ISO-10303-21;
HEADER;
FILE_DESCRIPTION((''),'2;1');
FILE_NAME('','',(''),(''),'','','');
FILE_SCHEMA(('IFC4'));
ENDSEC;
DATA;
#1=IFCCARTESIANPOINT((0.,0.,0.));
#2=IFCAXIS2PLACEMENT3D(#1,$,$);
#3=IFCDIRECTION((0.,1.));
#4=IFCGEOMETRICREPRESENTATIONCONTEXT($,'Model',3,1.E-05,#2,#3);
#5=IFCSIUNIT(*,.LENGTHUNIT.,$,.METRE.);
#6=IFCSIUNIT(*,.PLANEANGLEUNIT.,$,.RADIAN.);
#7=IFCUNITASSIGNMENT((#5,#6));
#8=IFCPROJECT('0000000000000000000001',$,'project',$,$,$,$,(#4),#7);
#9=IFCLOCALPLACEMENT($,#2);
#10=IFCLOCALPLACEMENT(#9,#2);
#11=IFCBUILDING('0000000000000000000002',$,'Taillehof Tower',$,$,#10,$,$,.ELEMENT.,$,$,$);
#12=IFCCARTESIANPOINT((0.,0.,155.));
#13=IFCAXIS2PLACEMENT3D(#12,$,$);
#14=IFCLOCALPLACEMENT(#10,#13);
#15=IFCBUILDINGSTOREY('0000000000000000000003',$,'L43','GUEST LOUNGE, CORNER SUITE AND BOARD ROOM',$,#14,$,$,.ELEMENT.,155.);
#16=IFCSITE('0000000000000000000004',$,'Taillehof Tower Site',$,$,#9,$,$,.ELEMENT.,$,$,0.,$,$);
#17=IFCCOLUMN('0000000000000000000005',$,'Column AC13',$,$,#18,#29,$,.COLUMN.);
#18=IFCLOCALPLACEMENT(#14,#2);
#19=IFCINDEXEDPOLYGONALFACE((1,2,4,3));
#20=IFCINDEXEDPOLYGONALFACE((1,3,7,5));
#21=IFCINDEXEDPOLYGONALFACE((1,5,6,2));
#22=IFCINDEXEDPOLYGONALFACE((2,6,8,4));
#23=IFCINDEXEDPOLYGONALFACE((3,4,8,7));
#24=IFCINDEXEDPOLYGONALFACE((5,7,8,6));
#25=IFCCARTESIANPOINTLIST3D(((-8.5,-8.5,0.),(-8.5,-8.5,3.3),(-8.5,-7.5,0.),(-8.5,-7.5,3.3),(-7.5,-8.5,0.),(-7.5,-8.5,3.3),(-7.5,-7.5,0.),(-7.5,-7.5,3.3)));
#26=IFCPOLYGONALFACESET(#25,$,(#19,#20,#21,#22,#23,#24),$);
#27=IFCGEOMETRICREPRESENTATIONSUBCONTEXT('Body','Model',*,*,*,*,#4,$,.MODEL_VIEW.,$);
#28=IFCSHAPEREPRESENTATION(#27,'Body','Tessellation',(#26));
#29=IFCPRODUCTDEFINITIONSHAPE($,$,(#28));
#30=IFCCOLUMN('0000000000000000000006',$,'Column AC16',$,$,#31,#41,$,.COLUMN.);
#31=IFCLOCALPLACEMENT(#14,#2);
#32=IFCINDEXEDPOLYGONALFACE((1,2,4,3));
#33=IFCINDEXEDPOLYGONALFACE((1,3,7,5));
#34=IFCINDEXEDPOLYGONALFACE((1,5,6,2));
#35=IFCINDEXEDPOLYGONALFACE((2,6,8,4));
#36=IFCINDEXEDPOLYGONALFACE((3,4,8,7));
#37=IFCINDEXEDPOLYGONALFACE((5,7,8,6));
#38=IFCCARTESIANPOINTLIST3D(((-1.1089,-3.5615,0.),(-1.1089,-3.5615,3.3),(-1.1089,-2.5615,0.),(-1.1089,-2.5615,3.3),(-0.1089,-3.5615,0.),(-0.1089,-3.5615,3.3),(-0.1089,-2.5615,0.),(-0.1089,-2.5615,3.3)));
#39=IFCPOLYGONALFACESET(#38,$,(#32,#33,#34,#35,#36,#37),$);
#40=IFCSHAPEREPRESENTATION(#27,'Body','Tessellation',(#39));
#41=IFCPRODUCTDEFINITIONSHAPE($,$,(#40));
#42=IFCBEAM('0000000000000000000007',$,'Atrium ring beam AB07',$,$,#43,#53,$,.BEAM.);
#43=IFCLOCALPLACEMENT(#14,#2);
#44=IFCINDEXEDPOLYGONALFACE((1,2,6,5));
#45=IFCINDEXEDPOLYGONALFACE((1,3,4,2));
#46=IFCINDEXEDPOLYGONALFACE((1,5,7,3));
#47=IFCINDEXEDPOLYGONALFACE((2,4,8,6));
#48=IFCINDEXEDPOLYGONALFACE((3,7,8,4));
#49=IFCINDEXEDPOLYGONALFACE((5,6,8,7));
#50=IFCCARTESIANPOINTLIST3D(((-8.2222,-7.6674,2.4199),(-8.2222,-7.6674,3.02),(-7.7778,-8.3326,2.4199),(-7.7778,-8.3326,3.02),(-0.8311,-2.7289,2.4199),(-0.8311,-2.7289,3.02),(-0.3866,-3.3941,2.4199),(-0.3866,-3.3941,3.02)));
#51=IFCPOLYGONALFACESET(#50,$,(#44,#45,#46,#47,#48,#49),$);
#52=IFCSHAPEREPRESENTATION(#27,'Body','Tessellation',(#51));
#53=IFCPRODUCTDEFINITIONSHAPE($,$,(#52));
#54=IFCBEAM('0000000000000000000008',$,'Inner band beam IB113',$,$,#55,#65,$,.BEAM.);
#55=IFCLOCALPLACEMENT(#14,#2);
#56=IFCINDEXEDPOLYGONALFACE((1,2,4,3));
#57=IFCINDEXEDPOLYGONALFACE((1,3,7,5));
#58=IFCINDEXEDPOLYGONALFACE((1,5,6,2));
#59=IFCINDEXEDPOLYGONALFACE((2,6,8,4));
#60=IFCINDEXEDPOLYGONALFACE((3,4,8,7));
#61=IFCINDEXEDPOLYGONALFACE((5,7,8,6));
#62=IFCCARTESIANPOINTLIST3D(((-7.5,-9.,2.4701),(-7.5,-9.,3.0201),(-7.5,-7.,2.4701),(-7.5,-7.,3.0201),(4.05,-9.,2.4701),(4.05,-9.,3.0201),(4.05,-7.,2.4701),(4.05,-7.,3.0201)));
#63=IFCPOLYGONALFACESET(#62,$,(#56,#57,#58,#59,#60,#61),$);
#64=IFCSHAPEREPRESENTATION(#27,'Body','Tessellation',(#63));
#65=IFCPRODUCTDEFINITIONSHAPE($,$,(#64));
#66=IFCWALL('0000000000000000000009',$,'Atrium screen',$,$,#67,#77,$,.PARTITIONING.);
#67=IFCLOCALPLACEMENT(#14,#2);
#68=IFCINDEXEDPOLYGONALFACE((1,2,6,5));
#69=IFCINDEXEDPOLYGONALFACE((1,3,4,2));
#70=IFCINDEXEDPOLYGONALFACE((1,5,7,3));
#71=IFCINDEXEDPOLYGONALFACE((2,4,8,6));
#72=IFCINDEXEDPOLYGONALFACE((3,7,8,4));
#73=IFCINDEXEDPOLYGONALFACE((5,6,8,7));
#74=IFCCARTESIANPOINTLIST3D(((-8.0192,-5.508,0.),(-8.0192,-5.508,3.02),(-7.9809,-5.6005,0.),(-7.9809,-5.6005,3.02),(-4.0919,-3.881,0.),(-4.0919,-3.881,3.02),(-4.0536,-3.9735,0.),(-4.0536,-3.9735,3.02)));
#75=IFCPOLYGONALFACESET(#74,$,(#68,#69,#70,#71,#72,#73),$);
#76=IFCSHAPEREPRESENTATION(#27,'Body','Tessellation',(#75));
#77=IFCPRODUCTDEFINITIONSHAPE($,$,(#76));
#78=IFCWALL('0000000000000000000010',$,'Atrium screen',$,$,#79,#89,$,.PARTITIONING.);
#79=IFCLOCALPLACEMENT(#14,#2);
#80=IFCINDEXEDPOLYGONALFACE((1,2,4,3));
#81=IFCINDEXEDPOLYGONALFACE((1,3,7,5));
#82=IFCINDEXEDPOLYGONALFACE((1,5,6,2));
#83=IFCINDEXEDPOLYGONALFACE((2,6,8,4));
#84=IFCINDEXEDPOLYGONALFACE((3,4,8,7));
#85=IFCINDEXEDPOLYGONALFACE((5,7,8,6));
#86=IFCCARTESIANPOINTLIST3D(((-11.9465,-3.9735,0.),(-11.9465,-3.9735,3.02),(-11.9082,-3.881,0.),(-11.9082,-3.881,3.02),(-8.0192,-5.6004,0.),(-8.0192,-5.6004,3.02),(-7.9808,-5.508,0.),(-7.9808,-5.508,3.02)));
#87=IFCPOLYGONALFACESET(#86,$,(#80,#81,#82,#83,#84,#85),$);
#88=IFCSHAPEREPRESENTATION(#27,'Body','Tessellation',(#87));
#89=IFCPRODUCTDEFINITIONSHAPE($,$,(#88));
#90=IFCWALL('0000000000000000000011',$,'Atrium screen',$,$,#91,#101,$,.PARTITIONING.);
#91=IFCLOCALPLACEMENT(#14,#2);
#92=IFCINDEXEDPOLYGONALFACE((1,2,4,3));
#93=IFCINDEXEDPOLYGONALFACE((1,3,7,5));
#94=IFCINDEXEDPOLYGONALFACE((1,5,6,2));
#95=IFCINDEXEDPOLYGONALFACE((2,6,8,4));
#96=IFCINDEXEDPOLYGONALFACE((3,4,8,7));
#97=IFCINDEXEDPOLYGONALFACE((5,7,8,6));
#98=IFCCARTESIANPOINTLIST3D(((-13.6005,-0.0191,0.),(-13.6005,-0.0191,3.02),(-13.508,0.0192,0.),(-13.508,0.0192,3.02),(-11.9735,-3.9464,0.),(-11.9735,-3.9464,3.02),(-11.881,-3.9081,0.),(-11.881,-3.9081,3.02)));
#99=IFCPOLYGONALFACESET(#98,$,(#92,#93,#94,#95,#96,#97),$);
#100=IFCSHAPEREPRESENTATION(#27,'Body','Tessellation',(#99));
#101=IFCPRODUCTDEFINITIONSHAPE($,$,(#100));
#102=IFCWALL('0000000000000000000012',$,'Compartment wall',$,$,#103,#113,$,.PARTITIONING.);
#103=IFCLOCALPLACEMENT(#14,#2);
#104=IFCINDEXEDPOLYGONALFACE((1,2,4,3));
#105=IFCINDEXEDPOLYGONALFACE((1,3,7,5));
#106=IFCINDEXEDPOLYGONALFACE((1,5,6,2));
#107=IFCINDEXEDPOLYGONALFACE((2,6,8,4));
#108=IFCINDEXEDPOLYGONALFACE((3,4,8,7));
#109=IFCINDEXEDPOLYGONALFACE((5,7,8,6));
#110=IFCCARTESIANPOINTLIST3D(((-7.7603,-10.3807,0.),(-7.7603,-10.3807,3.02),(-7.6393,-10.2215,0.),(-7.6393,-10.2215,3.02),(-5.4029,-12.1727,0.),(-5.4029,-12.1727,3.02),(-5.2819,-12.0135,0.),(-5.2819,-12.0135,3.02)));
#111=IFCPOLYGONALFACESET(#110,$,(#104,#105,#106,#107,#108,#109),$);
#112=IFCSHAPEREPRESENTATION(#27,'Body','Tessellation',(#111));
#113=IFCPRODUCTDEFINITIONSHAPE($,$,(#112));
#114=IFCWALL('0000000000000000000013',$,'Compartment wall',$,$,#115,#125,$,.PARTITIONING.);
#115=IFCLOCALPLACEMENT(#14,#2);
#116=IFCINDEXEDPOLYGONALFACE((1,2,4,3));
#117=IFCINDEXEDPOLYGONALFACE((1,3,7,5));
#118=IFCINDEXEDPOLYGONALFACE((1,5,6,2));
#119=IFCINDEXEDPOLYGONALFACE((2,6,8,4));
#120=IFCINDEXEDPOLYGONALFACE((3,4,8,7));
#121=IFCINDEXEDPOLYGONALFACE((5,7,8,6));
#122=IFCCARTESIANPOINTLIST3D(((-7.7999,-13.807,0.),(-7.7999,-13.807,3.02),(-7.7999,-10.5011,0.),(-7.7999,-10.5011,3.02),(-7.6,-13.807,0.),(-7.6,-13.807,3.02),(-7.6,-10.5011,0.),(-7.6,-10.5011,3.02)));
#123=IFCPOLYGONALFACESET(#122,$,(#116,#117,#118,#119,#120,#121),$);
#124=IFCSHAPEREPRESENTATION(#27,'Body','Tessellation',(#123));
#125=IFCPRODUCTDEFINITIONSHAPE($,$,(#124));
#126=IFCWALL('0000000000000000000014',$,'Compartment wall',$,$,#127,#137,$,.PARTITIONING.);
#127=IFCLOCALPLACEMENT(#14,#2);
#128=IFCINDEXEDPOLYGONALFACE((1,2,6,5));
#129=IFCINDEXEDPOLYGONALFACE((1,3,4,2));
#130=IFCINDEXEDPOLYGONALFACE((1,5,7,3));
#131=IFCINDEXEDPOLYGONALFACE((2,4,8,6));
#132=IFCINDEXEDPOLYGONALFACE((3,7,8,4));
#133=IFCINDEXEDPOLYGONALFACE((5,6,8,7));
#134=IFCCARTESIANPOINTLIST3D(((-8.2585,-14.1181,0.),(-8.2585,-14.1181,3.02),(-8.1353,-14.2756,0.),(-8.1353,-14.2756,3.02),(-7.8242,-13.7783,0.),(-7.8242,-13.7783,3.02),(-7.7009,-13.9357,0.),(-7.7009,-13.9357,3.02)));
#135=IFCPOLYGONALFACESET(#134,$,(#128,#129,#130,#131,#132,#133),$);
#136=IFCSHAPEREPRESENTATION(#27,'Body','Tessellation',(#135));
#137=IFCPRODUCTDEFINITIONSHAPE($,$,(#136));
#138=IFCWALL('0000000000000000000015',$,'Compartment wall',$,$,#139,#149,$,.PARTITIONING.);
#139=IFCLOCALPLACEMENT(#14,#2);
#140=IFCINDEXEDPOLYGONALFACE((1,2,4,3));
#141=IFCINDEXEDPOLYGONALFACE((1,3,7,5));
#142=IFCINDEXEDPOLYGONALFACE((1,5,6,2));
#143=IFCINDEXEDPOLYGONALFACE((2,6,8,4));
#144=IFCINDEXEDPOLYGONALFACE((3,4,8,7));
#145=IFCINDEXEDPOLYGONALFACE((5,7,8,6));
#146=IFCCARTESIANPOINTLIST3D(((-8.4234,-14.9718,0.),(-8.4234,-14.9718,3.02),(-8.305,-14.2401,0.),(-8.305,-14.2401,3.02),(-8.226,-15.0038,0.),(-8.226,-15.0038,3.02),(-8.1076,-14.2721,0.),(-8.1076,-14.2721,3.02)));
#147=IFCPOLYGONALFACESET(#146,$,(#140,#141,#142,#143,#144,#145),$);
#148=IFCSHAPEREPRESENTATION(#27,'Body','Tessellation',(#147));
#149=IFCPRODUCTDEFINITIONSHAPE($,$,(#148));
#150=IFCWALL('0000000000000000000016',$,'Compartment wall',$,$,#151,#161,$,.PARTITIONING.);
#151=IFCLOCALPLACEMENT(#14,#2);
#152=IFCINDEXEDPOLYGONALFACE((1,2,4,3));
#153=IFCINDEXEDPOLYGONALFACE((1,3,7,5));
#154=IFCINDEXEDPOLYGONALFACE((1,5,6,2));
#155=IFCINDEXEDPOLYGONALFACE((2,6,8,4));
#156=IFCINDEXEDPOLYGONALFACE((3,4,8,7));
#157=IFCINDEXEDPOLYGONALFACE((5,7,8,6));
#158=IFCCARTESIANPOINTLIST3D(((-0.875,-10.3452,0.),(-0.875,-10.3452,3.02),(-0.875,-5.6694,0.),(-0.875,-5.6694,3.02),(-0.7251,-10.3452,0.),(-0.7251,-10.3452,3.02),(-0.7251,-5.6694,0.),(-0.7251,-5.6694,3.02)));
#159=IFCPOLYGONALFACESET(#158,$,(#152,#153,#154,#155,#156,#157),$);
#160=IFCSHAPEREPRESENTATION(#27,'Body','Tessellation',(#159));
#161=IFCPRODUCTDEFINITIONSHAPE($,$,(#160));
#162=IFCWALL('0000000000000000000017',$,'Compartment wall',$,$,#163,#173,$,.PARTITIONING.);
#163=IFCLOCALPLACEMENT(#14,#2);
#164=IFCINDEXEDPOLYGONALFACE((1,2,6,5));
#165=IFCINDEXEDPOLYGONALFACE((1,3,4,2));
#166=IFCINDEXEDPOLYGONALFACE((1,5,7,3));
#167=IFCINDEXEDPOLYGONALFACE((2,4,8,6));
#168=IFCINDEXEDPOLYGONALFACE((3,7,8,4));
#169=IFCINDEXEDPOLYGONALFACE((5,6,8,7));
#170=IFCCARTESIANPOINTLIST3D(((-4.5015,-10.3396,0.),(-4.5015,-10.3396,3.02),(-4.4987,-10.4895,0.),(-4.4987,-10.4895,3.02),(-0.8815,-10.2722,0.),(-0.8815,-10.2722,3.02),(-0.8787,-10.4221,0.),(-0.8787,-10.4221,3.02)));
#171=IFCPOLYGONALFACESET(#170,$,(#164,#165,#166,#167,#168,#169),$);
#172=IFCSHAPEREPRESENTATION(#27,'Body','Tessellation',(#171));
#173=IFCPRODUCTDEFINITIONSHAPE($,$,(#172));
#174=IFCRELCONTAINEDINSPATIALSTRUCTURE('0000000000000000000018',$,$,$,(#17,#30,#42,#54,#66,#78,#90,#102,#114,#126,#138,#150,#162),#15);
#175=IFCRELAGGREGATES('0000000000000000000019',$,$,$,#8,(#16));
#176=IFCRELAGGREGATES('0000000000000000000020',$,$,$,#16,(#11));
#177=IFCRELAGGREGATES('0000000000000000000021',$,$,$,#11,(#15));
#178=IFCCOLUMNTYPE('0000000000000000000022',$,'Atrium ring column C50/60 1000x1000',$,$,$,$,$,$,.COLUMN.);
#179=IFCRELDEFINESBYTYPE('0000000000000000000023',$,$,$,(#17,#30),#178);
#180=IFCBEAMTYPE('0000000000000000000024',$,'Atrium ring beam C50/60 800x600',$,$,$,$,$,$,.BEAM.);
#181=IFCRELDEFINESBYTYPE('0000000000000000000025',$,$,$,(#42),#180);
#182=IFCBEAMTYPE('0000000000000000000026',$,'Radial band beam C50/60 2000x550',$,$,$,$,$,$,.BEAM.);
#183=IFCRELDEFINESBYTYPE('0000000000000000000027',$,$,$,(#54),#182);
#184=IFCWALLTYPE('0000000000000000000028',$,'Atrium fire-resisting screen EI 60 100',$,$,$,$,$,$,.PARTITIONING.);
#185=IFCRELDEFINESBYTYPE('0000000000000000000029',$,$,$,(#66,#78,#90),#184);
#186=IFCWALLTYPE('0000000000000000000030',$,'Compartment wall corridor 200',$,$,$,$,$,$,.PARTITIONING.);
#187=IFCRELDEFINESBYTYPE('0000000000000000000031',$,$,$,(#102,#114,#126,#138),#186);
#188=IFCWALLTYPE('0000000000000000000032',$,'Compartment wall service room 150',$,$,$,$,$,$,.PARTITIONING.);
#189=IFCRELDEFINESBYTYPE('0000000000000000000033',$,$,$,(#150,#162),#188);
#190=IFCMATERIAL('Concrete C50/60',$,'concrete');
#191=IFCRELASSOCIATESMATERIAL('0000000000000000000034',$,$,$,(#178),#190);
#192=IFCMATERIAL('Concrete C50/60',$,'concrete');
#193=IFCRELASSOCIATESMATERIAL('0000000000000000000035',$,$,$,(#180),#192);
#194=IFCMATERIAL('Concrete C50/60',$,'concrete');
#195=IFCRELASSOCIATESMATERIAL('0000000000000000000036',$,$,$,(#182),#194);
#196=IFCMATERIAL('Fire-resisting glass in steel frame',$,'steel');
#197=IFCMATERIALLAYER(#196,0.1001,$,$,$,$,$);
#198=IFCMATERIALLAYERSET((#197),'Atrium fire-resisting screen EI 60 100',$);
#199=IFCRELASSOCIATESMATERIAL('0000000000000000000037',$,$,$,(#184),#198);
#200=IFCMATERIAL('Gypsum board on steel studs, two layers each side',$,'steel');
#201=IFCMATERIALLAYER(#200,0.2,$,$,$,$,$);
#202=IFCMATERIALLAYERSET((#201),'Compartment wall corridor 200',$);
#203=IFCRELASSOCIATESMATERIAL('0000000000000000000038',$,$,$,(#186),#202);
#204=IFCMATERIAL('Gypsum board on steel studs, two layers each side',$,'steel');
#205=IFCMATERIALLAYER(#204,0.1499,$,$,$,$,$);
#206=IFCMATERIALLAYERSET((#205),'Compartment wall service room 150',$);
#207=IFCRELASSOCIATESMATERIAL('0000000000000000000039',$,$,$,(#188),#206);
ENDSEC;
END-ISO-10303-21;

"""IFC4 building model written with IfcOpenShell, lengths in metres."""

from ifc_helpers import new_model, si_unit, direction, frame, frame_2d, origin, origin_2d, place, context, subcontext, project, spatial, rectangle, extrude, material, layer, layer_set, material_profile, profile_set, type_object, element, save


model = new_model("IFC4")

# Units and contexts
model_context = context("Model", 3, precision=1e-05, world=origin(), true_north=direction((0.0, 1.0)))
body_context = subcontext(model_context, "Body", "Model", "MODEL_VIEW")
ifc_project = project(units=[si_unit("LENGTHUNIT", "METRE"), si_unit("PLANEANGLEUNIT", "RADIAN")], contexts=[model_context])

# Site, building, storey
site_placement = place(None, origin())
site = spatial("IfcSite", under=ifc_project, at=site_placement, Name="Taillehof Tower Site", CompositionType="ELEMENT", RefElevation=0.0)
building_placement = place(site_placement, origin())
building = spatial("IfcBuilding", under=site, at=building_placement, Name="Taillehof Tower", CompositionType="ELEMENT")
storey_placement = place(building_placement, frame((0.0, 0.0, 155.0)))
storey = spatial("IfcBuildingStorey", under=building, at=storey_placement, Name="L43", Description="GUEST LOUNGE, CORNER SUITE AND BOARD ROOM", CompositionType="ELEMENT", Elevation=155.0)

# Columns
ifc_material_1 = material(Name="Concrete C50/60", Category="concrete")
ifc_material_profile_1 = material_profile(ifc_material_1, rectangle(XDim=1.0, YDim=1.0, at=origin_2d()), Name="RC 1000x1000")
ifc_profile_set_1 = profile_set([ifc_material_profile_1], Name="Concrete C50/60")
column_type = type_object("IfcColumnType", Name="Atrium ring column C50/60 1000x1000", PredefinedType="COLUMN", material=ifc_profile_set_1)
for number, where, z_axis, x_axis, name in (
    (1, (-8.0, -8.0, 0.0), (0.0, 0.0, 1.0), (1.0, 0.0, 0.0), "Column AC13"),
    (2, (-0.6089, -3.0615, 0.0), (0.0, 0.0, 1.0), (1.0, 0.0, 0.0), "Column AC16"),
):
    element("IfcColumn", number, at=place(storey_placement, frame(where, z_axis=z_axis, x_axis=x_axis)), inside=storey, type_object=column_type, Name=name, PredefinedType="COLUMN", context=body_context, shape_type="SweptSolid", body=[
        extrude(rectangle(XDim=1.0, YDim=1.0, at=origin_2d()), origin(), (0.0, 0.0, 1.0), 3.3),
    ])

# Beams
ifc_material_2 = material(Name="Concrete C50/60", Category="concrete")
ifc_material_profile_2 = material_profile(ifc_material_2, rectangle(XDim=0.8, YDim=0.6001, at=origin_2d()), Name="RC 800x600")
ifc_profile_set_2 = profile_set([ifc_material_profile_2], Name="Concrete C50/60")
beam_type_1 = type_object("IfcBeamType", Name="Atrium ring beam C50/60 800x600", PredefinedType="BEAM", material=ifc_profile_set_2)
beam_1_placement = place(storey_placement, frame((-8.0, -8.0, 2.72), z_axis=(0.831475, 0.555562, 0.0), x_axis=(-0.555562, 0.831475, 0.0)))
element("IfcBeam", 3, at=beam_1_placement, inside=storey, type_object=beam_type_1, Name="Atrium ring beam AB07", PredefinedType="BEAM", context=body_context, shape_type="SweptSolid", body=[
    extrude(rectangle(XDim=0.8, YDim=0.6001, at=origin_2d()), origin(), (0.0, 0.0, 1.0), 8.8892),
])
ifc_material_3 = material(Name="Concrete C50/60", Category="concrete")
ifc_material_profile_3 = material_profile(ifc_material_3, rectangle(XDim=2.0, YDim=0.55, at=origin_2d()), Name="RC 2000x550")
ifc_profile_set_3 = profile_set([ifc_material_profile_3], Name="Concrete C50/60")
beam_type_2 = type_object("IfcBeamType", Name="Radial band beam C50/60 2000x550", PredefinedType="BEAM", material=ifc_profile_set_3)
beam_2_placement = place(storey_placement, frame((-7.5, -8.0, 2.7451), z_axis=(1.0, 0.0, 0.0), x_axis=(0.0, 1.0, 0.0)))
element("IfcBeam", 4, at=beam_2_placement, inside=storey, type_object=beam_type_2, Name="Inner band beam IB113", PredefinedType="BEAM", context=body_context, shape_type="SweptSolid", body=[
    extrude(rectangle(XDim=2.0, YDim=0.55, at=origin_2d()), origin(), (0.0, 0.0, 1.0), 11.55),
])

# Walls
ifc_material_4 = material(Name="Fire-resisting glass in steel frame", Category="steel")
ifc_layer_1 = layer(ifc_material_4, 0.1001)
ifc_layer_set_1 = layer_set([ifc_layer_1], Name="Atrium fire-resisting screen EI 60 100")
wall_type_1 = type_object("IfcWallType", Name="Atrium fire-resisting screen EI 60 100", PredefinedType="PARTITIONING", material=ifc_layer_set_1)
for number, where, z_axis, x_axis, name in (
    (5, (-4.0728, -3.9272, 0.0), (0.0, 0.0, 1.0), (-0.92386, -0.382731, 0.0), "Atrium screen"),
    (6, (-8.0, -5.5542, 0.0), (0.0, 0.0, 1.0), (-0.92386, 0.382731, 0.0), "Atrium screen"),
    (7, (-11.9272, -3.9272, 0.0), (0.0, 0.0, 1.0), (-0.382731, 0.92386, 0.0), "Atrium screen"),
):
    element("IfcWall", number, at=place(storey_placement, frame(where, z_axis=z_axis, x_axis=x_axis)), inside=storey, type_object=wall_type_1, Name=name, PredefinedType="PARTITIONING", context=body_context, shape_type="SweptSolid", body=[
        extrude(rectangle(XDim=4.251, YDim=0.1001, at=frame_2d((2.1255, 0.0))), origin(), (0.0, 0.0, 1.0), 3.02),
    ])
ifc_material_5 = material(Name="Gypsum board on steel studs, two layers each side", Category="steel")
ifc_layer_2 = layer(ifc_material_5, 0.2)
ifc_layer_set_2 = layer_set([ifc_layer_2], Name="Compartment wall corridor 200")
wall_type_2 = type_object("IfcWallType", Name="Compartment wall corridor 200", PredefinedType="PARTITIONING", material=ifc_layer_set_2)
wall_1_placement = place(storey_placement, frame((-5.3425, -12.093, 0.0), z_axis=(0.0, 0.0, 1.0), x_axis=(-0.796105, 0.605159, 0.0)))
element("IfcWall", 8, at=wall_1_placement, inside=storey, type_object=wall_type_2, Name="Compartment wall", PredefinedType="PARTITIONING", context=body_context, shape_type="SweptSolid", body=[
    extrude(rectangle(XDim=2.9612, YDim=0.2, at=frame_2d((1.4805, 0.0))), origin(), (0.0, 0.0, 1.0), 3.02),
])
wall_2_placement = place(storey_placement, frame((-7.7, -10.5012, 0.0), z_axis=(0.0, 0.0, 1.0), x_axis=(0.0, -1.0, 0.0)))
element("IfcWall", 9, at=wall_2_placement, inside=storey, type_object=wall_type_2, Name="Compartment wall", PredefinedType="PARTITIONING", context=body_context, shape_type="SweptSolid", body=[
    extrude(rectangle(XDim=3.3059, YDim=0.2, at=frame_2d((1.6528, 0.0))), origin(), (0.0, 0.0, 1.0), 3.02),
])
wall_3_placement = place(storey_placement, frame((-7.7625, -13.8569, 0.0), z_axis=(0.0, 0.0, 1.0), x_axis=(-0.787561, -0.616237, 0.0)))
element("IfcWall", 10, at=wall_3_placement, inside=storey, type_object=wall_type_2, Name="Compartment wall", PredefinedType="PARTITIONING", context=body_context, shape_type="SweptSolid", body=[
    extrude(rectangle(XDim=0.5515, YDim=0.2, at=frame_2d((0.2759, 0.0))), origin(), (0.0, 0.0, 1.0), 3.02),
])
wall_4_placement = place(storey_placement, frame((-8.2063, -14.2561, 0.0), z_axis=(0.0, 0.0, 1.0), x_axis=(-0.15975, -0.987157, 0.0)))
element("IfcWall", 11, at=wall_4_placement, inside=storey, type_object=wall_type_2, Name="Compartment wall", PredefinedType="PARTITIONING", context=body_context, shape_type="SweptSolid", body=[
    extrude(rectangle(XDim=0.7412, YDim=0.2, at=frame_2d((0.3706, 0.0))), origin(), (0.0, 0.0, 1.0), 3.02),
])
ifc_material_6 = material(Name="Gypsum board on steel studs, two layers each side", Category="steel")
ifc_layer_3 = layer(ifc_material_6, 0.1499)
ifc_layer_set_3 = layer_set([ifc_layer_3], Name="Compartment wall service room 150")
wall_type_3 = type_object("IfcWallType", Name="Compartment wall service room 150", PredefinedType="PARTITIONING", material=ifc_layer_set_3)
wall_5_placement = place(storey_placement, frame((-0.8, -5.6694, 0.0), z_axis=(0.0, 0.0, 1.0), x_axis=(0.0, -1.0, 0.0)))
element("IfcWall", 12, at=wall_5_placement, inside=storey, type_object=wall_type_3, Name="Compartment wall", PredefinedType="PARTITIONING", context=body_context, shape_type="SweptSolid", body=[
    extrude(rectangle(XDim=4.6758, YDim=0.1499, at=frame_2d((2.3379, 0.0))), origin(), (0.0, 0.0, 1.0), 3.02),
])
wall_6_placement = place(storey_placement, frame((-0.8801, -10.3472, 0.0), z_axis=(0.0, 0.0, 1.0), x_axis=(-0.999827, -0.018611, 0.0)))
element("IfcWall", 13, at=wall_6_placement, inside=storey, type_object=wall_type_3, Name="Compartment wall", PredefinedType="PARTITIONING", context=body_context, shape_type="SweptSolid", body=[
    extrude(rectangle(XDim=3.6206, YDim=0.1499, at=frame_2d((1.8103, 0.0))), origin(), (0.0, 0.0, 1.0), 3.02),
])

save(model, "model.ifc")
